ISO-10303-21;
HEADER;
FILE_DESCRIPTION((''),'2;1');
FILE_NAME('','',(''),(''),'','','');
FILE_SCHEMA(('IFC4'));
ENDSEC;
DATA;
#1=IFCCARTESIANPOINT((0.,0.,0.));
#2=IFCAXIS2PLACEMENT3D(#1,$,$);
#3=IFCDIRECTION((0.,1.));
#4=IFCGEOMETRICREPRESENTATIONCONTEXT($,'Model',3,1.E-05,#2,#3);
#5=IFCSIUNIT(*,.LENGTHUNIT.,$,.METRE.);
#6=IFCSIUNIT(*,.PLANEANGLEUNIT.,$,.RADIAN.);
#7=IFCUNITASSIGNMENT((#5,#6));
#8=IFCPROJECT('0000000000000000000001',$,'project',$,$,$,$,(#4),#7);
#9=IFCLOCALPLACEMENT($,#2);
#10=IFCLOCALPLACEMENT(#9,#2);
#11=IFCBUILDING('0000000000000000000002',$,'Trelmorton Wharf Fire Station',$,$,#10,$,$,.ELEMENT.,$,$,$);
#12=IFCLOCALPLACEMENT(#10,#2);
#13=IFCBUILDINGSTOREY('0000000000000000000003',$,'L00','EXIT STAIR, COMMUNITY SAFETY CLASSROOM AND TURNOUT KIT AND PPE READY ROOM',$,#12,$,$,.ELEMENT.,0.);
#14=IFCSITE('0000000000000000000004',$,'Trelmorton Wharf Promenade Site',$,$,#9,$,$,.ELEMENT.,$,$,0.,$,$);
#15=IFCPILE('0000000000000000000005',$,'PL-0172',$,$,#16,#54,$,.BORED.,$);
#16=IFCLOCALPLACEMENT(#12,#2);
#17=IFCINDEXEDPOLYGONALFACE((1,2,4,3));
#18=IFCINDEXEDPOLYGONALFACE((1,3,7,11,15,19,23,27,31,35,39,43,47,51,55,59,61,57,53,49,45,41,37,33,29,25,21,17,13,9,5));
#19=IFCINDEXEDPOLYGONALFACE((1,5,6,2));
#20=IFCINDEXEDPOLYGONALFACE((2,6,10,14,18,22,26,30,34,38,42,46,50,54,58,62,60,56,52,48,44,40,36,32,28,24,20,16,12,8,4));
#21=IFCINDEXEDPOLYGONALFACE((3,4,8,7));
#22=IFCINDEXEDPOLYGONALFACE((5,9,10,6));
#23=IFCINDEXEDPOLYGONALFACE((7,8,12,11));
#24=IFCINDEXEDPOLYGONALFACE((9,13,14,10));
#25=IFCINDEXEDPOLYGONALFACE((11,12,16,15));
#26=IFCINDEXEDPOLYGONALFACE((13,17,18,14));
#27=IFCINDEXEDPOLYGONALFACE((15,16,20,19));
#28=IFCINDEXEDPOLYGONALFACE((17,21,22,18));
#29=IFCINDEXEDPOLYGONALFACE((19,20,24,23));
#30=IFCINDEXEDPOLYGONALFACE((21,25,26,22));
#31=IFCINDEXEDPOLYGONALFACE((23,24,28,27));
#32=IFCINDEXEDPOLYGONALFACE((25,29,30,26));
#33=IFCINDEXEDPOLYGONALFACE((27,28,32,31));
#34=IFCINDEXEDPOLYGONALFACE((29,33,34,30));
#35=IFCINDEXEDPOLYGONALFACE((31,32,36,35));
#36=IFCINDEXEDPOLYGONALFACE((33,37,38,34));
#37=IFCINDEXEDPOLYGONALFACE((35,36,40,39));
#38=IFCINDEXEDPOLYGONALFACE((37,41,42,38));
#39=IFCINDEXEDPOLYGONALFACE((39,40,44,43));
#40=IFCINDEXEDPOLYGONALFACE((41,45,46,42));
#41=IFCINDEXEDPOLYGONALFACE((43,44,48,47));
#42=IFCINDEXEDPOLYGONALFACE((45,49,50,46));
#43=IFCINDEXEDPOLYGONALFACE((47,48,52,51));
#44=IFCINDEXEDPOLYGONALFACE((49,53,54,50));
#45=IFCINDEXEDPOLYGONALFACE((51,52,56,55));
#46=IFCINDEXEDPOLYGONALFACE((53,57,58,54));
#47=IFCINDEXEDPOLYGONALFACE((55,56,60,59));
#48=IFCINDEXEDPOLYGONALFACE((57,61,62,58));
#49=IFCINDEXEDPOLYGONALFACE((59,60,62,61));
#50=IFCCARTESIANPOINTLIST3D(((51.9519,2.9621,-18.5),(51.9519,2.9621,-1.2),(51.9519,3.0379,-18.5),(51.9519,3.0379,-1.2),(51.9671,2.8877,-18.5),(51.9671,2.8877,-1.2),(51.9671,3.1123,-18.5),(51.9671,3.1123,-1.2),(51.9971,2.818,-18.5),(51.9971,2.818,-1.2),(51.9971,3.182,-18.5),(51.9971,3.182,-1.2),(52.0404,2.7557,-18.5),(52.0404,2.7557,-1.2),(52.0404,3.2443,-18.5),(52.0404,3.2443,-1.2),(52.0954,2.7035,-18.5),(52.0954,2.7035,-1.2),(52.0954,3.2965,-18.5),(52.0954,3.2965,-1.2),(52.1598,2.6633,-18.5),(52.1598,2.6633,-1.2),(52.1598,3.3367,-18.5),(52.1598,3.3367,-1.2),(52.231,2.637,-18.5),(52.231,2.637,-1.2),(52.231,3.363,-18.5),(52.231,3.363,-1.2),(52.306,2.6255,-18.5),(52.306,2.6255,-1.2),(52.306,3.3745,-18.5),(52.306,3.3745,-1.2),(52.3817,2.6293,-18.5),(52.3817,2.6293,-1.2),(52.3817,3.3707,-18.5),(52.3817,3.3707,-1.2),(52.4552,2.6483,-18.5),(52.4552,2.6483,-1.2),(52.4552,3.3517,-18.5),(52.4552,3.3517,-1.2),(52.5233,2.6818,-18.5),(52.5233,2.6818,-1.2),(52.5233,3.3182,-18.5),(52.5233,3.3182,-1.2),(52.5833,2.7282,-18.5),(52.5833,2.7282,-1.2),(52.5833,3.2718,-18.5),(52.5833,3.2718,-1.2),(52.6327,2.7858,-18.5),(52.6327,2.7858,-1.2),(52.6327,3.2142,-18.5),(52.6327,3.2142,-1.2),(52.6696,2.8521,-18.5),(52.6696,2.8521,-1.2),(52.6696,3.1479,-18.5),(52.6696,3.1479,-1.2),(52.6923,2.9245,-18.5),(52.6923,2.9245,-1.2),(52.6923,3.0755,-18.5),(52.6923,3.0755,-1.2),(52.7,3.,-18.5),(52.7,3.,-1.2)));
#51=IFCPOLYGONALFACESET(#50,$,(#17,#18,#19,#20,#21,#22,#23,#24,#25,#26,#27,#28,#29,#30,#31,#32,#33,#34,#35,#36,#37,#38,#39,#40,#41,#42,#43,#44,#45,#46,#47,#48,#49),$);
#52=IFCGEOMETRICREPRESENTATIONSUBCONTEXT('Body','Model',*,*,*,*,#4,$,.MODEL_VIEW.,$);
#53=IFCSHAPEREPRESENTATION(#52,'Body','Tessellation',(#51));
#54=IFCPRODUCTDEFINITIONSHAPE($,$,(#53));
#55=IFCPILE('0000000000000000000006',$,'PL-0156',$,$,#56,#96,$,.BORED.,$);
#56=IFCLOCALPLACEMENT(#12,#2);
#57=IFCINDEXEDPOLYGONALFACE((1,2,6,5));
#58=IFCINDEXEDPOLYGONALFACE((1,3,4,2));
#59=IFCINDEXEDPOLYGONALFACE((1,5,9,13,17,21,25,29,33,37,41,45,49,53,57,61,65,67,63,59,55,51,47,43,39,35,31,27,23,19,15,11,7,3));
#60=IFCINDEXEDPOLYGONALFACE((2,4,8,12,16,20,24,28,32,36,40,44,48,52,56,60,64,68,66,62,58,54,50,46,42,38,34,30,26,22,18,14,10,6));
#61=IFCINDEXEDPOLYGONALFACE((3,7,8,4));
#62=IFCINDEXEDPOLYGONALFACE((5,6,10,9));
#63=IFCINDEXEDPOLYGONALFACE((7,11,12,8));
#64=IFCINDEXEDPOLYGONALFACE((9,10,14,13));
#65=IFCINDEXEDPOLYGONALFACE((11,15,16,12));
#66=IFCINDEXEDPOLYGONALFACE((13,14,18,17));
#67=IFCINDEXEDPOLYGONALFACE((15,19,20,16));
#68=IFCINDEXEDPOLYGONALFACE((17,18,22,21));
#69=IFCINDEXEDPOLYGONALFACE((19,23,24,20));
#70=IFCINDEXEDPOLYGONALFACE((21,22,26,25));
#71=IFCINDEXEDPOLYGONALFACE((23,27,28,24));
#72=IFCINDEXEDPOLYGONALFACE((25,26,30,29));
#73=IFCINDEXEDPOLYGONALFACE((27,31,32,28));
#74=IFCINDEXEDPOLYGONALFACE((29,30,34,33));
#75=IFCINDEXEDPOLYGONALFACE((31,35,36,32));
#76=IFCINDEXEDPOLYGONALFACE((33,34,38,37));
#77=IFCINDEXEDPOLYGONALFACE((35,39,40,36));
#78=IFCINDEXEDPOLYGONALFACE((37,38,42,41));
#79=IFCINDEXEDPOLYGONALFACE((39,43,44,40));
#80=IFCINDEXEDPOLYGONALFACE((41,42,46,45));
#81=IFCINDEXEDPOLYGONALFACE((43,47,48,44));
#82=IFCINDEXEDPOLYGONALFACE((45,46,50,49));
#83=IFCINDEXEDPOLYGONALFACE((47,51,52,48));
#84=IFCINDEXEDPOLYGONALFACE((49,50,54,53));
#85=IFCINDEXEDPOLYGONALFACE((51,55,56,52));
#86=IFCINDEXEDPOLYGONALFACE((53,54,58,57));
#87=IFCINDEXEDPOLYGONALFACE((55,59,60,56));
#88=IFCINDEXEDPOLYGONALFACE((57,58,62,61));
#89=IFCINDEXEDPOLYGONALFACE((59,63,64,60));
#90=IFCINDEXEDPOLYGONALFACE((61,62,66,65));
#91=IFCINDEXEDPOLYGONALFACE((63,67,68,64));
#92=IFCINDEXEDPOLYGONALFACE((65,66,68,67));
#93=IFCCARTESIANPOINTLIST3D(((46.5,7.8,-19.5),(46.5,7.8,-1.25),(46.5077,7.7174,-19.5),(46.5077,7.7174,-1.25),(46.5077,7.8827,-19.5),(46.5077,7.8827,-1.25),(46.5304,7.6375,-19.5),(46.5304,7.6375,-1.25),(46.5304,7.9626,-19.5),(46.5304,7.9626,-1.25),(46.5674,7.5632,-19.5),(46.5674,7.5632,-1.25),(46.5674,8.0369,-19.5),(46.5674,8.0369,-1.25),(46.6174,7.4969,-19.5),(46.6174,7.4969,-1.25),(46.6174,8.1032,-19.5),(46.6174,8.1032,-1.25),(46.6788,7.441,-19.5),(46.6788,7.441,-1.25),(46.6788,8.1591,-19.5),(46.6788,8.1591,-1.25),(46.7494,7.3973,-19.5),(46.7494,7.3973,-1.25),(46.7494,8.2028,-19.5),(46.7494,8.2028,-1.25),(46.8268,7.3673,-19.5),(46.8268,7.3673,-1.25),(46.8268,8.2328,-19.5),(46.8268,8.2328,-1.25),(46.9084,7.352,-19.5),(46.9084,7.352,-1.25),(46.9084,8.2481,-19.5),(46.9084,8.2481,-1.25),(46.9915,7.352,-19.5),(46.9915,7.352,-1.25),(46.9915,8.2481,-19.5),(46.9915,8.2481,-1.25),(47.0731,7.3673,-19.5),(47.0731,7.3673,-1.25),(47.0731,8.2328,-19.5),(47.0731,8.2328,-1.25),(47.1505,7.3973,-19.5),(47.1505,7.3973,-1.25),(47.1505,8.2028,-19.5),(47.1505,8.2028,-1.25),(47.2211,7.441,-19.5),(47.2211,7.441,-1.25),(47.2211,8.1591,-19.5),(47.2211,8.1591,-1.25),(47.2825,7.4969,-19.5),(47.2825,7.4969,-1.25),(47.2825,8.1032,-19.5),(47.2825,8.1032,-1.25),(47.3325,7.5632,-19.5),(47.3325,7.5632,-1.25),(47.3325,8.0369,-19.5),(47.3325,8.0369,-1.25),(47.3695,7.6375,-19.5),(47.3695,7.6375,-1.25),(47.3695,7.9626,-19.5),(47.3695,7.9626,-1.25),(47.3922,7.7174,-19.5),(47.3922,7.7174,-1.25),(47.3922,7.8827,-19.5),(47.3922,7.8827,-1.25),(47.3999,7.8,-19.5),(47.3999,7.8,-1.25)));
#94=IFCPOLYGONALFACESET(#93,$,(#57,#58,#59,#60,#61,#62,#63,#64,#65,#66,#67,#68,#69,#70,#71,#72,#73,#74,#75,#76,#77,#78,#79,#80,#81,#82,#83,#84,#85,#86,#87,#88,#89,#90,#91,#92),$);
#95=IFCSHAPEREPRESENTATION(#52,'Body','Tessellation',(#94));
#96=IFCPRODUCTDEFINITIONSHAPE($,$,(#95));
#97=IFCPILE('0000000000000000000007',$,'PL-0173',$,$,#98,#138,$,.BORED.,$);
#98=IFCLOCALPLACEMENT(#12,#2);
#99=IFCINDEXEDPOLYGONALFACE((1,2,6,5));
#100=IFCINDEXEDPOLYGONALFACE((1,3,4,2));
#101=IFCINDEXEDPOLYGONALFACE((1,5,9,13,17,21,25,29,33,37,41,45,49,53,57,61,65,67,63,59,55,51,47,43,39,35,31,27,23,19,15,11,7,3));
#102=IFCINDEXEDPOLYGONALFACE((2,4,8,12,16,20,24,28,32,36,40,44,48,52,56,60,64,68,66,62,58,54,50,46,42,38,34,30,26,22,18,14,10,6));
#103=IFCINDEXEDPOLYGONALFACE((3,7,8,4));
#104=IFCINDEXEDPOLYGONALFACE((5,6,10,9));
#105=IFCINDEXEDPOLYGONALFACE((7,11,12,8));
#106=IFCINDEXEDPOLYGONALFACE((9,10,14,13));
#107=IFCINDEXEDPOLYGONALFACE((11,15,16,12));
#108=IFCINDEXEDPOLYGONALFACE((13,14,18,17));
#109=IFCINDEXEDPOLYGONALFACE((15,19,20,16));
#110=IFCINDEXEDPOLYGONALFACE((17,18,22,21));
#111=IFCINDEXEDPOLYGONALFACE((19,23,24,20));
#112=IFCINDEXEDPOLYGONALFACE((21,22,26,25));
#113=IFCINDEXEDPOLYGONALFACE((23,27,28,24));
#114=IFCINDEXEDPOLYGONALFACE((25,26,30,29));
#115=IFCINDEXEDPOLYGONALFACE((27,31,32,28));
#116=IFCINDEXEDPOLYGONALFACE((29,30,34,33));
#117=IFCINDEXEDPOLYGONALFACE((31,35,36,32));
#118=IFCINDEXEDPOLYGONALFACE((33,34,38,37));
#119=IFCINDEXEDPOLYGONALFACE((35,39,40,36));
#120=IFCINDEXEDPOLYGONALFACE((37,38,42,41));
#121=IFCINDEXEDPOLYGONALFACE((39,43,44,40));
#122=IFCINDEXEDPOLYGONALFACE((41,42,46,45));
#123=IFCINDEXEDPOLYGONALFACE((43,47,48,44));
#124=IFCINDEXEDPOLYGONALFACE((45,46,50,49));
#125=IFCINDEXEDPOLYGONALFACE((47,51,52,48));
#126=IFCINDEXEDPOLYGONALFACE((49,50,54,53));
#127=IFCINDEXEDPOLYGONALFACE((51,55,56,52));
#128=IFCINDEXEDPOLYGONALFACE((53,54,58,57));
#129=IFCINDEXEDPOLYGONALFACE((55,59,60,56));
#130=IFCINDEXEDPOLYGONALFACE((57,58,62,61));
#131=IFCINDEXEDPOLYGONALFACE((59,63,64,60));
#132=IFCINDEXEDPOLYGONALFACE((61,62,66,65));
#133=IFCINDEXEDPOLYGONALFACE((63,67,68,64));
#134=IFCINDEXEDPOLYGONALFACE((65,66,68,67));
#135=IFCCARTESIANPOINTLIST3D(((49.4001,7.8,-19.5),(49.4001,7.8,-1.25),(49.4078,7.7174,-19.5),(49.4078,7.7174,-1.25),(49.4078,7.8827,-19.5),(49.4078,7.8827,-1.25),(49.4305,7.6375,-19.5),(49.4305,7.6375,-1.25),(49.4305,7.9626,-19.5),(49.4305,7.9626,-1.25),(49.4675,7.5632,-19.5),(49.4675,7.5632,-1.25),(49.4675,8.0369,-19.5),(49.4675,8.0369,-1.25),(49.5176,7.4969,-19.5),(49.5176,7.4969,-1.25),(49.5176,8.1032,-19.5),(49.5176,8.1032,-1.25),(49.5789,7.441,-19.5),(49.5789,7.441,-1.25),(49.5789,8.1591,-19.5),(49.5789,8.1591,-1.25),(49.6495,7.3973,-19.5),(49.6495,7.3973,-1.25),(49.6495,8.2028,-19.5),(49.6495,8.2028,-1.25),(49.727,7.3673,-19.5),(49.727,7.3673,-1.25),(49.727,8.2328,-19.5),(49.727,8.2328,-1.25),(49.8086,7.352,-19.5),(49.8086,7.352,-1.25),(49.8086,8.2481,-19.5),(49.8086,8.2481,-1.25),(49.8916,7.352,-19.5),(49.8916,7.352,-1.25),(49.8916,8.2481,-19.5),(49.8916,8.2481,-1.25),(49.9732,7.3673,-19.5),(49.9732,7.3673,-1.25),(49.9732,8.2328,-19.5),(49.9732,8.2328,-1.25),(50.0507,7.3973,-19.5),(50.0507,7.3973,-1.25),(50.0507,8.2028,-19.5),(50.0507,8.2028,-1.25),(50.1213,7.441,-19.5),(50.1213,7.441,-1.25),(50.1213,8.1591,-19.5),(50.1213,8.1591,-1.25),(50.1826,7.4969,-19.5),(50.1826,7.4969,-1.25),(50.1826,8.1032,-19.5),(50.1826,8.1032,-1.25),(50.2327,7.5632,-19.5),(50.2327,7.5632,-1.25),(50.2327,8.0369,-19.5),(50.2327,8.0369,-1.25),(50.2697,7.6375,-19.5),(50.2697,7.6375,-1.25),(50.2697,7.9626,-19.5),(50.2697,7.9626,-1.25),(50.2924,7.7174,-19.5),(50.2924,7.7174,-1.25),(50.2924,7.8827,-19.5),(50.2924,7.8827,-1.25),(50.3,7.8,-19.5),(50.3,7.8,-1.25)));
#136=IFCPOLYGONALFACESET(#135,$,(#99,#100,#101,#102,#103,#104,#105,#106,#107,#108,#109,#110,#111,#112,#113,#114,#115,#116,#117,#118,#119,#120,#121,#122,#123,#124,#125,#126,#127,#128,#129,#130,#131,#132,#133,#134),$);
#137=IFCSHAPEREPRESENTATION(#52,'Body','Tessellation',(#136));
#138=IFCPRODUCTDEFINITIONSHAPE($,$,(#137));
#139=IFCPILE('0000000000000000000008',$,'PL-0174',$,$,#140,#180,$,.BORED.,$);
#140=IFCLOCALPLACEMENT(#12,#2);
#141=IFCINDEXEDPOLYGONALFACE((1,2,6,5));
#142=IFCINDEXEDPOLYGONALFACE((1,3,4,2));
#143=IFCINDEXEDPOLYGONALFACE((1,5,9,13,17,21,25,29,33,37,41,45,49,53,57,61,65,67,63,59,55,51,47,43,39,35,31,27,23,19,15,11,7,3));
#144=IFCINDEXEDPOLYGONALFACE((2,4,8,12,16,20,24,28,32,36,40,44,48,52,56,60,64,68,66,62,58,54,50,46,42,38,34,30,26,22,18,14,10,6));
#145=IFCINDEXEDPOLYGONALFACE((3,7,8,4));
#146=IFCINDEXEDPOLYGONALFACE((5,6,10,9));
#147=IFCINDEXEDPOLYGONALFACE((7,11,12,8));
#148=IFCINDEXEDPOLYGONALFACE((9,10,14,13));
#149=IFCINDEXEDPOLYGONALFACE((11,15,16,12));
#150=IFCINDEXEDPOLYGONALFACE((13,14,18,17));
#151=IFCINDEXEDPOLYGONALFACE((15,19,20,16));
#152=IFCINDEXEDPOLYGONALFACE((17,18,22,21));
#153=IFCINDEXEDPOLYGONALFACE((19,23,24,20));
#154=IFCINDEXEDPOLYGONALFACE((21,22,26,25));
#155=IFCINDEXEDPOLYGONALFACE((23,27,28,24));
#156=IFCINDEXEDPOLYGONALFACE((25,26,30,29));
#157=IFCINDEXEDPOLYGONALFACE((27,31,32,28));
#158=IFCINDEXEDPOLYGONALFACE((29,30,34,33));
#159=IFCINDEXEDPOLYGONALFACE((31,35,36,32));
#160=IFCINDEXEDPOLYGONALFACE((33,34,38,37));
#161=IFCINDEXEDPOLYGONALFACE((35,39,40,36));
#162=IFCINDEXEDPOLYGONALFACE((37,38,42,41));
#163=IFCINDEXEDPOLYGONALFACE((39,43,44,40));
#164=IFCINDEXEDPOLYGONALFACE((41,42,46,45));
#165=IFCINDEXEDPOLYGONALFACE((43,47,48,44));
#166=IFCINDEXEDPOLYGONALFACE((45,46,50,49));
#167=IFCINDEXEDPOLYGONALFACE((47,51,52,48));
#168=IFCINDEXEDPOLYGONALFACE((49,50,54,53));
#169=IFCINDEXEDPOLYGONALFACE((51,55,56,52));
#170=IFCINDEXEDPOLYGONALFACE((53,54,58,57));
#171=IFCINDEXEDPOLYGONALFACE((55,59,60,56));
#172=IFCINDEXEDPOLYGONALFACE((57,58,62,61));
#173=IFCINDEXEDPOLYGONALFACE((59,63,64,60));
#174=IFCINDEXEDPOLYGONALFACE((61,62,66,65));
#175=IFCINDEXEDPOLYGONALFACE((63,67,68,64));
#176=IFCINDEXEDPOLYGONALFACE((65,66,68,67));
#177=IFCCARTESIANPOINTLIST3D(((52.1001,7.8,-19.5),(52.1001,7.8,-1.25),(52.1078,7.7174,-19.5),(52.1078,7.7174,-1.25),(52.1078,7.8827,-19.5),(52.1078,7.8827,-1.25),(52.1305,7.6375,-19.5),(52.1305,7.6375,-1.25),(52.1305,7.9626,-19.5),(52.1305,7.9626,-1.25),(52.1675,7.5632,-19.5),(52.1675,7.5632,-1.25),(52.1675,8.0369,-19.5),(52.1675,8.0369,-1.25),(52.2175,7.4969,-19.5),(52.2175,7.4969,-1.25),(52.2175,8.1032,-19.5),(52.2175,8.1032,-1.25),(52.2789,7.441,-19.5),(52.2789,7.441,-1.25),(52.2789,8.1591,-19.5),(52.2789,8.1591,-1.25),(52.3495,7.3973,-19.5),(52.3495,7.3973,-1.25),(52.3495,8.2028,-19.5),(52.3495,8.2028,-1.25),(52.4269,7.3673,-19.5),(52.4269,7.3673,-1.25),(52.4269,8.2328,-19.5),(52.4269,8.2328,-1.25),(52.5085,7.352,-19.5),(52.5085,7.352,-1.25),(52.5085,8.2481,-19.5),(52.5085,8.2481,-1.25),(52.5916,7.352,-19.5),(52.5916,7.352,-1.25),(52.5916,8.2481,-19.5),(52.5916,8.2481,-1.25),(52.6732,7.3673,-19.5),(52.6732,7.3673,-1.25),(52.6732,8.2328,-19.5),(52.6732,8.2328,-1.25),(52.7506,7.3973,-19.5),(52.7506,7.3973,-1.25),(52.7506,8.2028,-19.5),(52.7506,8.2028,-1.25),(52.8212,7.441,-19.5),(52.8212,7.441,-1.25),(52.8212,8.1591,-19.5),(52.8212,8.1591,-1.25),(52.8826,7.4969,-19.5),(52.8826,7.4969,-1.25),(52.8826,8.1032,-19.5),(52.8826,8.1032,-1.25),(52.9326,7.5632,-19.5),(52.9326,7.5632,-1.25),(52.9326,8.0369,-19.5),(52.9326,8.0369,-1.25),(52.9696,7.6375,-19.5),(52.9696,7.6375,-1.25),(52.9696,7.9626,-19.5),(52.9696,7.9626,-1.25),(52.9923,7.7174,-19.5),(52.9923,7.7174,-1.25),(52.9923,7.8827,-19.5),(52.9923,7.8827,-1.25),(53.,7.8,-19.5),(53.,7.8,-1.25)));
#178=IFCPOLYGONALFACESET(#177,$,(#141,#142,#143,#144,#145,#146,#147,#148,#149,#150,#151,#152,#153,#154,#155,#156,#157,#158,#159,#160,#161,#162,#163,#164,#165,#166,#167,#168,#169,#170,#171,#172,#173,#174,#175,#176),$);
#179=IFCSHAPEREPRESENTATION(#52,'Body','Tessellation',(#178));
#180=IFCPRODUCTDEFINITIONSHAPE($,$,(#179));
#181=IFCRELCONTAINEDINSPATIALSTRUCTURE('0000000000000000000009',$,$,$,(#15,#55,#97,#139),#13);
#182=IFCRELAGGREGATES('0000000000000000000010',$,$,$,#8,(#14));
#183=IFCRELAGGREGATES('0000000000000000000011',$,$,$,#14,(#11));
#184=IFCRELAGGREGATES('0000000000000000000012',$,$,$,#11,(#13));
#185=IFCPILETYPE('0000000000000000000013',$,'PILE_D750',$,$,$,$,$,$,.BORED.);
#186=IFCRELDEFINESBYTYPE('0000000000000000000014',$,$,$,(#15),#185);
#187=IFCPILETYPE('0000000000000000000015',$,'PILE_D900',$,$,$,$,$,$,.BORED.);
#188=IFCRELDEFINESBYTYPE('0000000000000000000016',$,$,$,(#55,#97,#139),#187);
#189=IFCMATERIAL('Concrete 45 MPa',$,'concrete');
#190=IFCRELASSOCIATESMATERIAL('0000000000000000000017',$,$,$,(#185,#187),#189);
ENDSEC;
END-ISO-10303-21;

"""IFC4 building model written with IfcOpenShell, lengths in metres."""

from ifc_helpers import new_model, si_unit, direction, frame, origin, origin_2d, place, context, subcontext, project, spatial, circle, extrude, material, material_profile, profile_set, type_object, element, save


model = new_model("IFC4")

# Units and contexts
model_context = context("Model", 3, precision=1e-05, world=origin(), true_north=direction((0.0, 1.0)))
body_context = subcontext(model_context, "Body", "Model", "MODEL_VIEW")
ifc_project = project(units=[si_unit("LENGTHUNIT", "METRE"), si_unit("PLANEANGLEUNIT", "RADIAN")], contexts=[model_context])

# Site, building, storey
site_placement = place(None, origin())
site = spatial("IfcSite", under=ifc_project, at=site_placement, Name="Trelmorton Wharf Promenade Site", CompositionType="ELEMENT", RefElevation=0.0)
building_placement = place(site_placement, origin())
building = spatial("IfcBuilding", under=site, at=building_placement, Name="Trelmorton Wharf Fire Station", CompositionType="ELEMENT")
storey_placement = place(building_placement, origin())
storey = spatial("IfcBuildingStorey", under=building, at=storey_placement, Name="L00", Description="EXIT STAIR, COMMUNITY SAFETY CLASSROOM AND TURNOUT KIT AND PPE READY ROOM", CompositionType="ELEMENT", Elevation=0.0)

# Piles
ifc_material_1 = material(Name="Concrete 45 MPa", Category="concrete")
ifc_material_profile_1 = material_profile(ifc_material_1, circle(Radius=0.375, at=origin_2d()), Name="PILE-D750")
ifc_profile_set_1 = profile_set([ifc_material_profile_1], Name="Concrete 45 MPa")
pile_type_1 = type_object("IfcPileType", Name="PILE_D750", PredefinedType="BORED", material=ifc_profile_set_1)
for number, where, z_axis, x_axis, name in (
    (1, (52.325, 3.0, -1.2), (0.0, 0.0, -1.0), (1.0, 0.0, 0.0), "PL-0172"),
):
    element("IfcPile", number, at=place(storey_placement, frame(where, z_axis=z_axis, x_axis=x_axis)), inside=storey, type_object=pile_type_1, Name=name, PredefinedType="BORED", context=body_context, shape_type="SweptSolid", body=[
        extrude(circle(Radius=0.375, at=origin_2d()), origin(), (0.0, 0.0, 1.0), 17.3),
    ])
ifc_material_profile_2 = material_profile(ifc_material_1, circle(Radius=0.45, at=origin_2d()), Name="PILE-D900")
ifc_profile_set_2 = profile_set([ifc_material_profile_2], Name="Concrete 45 MPa")
pile_type_2 = type_object("IfcPileType", Name="PILE_D900", PredefinedType="BORED", material=ifc_profile_set_2)
for number, where, z_axis, x_axis, name in (
    (2, (46.95, 7.8, -1.25), (0.0, 0.0, -1.0), (1.0, 0.0, 0.0), "PL-0156"),
    (3, (49.8501, 7.8, -1.25), (0.0, 0.0, -1.0), (1.0, 0.0, 0.0), "PL-0173"),
    (4, (52.55, 7.8, -1.25), (0.0, 0.0, -1.0), (1.0, 0.0, 0.0), "PL-0174"),
):
    element("IfcPile", number, at=place(storey_placement, frame(where, z_axis=z_axis, x_axis=x_axis)), inside=storey, type_object=pile_type_2, Name=name, PredefinedType="BORED", context=body_context, shape_type="SweptSolid", body=[
        extrude(circle(Radius=0.45, at=origin_2d()), origin(), (0.0, 0.0, 1.0), 18.25),
    ])

save(model, "model.ifc")
